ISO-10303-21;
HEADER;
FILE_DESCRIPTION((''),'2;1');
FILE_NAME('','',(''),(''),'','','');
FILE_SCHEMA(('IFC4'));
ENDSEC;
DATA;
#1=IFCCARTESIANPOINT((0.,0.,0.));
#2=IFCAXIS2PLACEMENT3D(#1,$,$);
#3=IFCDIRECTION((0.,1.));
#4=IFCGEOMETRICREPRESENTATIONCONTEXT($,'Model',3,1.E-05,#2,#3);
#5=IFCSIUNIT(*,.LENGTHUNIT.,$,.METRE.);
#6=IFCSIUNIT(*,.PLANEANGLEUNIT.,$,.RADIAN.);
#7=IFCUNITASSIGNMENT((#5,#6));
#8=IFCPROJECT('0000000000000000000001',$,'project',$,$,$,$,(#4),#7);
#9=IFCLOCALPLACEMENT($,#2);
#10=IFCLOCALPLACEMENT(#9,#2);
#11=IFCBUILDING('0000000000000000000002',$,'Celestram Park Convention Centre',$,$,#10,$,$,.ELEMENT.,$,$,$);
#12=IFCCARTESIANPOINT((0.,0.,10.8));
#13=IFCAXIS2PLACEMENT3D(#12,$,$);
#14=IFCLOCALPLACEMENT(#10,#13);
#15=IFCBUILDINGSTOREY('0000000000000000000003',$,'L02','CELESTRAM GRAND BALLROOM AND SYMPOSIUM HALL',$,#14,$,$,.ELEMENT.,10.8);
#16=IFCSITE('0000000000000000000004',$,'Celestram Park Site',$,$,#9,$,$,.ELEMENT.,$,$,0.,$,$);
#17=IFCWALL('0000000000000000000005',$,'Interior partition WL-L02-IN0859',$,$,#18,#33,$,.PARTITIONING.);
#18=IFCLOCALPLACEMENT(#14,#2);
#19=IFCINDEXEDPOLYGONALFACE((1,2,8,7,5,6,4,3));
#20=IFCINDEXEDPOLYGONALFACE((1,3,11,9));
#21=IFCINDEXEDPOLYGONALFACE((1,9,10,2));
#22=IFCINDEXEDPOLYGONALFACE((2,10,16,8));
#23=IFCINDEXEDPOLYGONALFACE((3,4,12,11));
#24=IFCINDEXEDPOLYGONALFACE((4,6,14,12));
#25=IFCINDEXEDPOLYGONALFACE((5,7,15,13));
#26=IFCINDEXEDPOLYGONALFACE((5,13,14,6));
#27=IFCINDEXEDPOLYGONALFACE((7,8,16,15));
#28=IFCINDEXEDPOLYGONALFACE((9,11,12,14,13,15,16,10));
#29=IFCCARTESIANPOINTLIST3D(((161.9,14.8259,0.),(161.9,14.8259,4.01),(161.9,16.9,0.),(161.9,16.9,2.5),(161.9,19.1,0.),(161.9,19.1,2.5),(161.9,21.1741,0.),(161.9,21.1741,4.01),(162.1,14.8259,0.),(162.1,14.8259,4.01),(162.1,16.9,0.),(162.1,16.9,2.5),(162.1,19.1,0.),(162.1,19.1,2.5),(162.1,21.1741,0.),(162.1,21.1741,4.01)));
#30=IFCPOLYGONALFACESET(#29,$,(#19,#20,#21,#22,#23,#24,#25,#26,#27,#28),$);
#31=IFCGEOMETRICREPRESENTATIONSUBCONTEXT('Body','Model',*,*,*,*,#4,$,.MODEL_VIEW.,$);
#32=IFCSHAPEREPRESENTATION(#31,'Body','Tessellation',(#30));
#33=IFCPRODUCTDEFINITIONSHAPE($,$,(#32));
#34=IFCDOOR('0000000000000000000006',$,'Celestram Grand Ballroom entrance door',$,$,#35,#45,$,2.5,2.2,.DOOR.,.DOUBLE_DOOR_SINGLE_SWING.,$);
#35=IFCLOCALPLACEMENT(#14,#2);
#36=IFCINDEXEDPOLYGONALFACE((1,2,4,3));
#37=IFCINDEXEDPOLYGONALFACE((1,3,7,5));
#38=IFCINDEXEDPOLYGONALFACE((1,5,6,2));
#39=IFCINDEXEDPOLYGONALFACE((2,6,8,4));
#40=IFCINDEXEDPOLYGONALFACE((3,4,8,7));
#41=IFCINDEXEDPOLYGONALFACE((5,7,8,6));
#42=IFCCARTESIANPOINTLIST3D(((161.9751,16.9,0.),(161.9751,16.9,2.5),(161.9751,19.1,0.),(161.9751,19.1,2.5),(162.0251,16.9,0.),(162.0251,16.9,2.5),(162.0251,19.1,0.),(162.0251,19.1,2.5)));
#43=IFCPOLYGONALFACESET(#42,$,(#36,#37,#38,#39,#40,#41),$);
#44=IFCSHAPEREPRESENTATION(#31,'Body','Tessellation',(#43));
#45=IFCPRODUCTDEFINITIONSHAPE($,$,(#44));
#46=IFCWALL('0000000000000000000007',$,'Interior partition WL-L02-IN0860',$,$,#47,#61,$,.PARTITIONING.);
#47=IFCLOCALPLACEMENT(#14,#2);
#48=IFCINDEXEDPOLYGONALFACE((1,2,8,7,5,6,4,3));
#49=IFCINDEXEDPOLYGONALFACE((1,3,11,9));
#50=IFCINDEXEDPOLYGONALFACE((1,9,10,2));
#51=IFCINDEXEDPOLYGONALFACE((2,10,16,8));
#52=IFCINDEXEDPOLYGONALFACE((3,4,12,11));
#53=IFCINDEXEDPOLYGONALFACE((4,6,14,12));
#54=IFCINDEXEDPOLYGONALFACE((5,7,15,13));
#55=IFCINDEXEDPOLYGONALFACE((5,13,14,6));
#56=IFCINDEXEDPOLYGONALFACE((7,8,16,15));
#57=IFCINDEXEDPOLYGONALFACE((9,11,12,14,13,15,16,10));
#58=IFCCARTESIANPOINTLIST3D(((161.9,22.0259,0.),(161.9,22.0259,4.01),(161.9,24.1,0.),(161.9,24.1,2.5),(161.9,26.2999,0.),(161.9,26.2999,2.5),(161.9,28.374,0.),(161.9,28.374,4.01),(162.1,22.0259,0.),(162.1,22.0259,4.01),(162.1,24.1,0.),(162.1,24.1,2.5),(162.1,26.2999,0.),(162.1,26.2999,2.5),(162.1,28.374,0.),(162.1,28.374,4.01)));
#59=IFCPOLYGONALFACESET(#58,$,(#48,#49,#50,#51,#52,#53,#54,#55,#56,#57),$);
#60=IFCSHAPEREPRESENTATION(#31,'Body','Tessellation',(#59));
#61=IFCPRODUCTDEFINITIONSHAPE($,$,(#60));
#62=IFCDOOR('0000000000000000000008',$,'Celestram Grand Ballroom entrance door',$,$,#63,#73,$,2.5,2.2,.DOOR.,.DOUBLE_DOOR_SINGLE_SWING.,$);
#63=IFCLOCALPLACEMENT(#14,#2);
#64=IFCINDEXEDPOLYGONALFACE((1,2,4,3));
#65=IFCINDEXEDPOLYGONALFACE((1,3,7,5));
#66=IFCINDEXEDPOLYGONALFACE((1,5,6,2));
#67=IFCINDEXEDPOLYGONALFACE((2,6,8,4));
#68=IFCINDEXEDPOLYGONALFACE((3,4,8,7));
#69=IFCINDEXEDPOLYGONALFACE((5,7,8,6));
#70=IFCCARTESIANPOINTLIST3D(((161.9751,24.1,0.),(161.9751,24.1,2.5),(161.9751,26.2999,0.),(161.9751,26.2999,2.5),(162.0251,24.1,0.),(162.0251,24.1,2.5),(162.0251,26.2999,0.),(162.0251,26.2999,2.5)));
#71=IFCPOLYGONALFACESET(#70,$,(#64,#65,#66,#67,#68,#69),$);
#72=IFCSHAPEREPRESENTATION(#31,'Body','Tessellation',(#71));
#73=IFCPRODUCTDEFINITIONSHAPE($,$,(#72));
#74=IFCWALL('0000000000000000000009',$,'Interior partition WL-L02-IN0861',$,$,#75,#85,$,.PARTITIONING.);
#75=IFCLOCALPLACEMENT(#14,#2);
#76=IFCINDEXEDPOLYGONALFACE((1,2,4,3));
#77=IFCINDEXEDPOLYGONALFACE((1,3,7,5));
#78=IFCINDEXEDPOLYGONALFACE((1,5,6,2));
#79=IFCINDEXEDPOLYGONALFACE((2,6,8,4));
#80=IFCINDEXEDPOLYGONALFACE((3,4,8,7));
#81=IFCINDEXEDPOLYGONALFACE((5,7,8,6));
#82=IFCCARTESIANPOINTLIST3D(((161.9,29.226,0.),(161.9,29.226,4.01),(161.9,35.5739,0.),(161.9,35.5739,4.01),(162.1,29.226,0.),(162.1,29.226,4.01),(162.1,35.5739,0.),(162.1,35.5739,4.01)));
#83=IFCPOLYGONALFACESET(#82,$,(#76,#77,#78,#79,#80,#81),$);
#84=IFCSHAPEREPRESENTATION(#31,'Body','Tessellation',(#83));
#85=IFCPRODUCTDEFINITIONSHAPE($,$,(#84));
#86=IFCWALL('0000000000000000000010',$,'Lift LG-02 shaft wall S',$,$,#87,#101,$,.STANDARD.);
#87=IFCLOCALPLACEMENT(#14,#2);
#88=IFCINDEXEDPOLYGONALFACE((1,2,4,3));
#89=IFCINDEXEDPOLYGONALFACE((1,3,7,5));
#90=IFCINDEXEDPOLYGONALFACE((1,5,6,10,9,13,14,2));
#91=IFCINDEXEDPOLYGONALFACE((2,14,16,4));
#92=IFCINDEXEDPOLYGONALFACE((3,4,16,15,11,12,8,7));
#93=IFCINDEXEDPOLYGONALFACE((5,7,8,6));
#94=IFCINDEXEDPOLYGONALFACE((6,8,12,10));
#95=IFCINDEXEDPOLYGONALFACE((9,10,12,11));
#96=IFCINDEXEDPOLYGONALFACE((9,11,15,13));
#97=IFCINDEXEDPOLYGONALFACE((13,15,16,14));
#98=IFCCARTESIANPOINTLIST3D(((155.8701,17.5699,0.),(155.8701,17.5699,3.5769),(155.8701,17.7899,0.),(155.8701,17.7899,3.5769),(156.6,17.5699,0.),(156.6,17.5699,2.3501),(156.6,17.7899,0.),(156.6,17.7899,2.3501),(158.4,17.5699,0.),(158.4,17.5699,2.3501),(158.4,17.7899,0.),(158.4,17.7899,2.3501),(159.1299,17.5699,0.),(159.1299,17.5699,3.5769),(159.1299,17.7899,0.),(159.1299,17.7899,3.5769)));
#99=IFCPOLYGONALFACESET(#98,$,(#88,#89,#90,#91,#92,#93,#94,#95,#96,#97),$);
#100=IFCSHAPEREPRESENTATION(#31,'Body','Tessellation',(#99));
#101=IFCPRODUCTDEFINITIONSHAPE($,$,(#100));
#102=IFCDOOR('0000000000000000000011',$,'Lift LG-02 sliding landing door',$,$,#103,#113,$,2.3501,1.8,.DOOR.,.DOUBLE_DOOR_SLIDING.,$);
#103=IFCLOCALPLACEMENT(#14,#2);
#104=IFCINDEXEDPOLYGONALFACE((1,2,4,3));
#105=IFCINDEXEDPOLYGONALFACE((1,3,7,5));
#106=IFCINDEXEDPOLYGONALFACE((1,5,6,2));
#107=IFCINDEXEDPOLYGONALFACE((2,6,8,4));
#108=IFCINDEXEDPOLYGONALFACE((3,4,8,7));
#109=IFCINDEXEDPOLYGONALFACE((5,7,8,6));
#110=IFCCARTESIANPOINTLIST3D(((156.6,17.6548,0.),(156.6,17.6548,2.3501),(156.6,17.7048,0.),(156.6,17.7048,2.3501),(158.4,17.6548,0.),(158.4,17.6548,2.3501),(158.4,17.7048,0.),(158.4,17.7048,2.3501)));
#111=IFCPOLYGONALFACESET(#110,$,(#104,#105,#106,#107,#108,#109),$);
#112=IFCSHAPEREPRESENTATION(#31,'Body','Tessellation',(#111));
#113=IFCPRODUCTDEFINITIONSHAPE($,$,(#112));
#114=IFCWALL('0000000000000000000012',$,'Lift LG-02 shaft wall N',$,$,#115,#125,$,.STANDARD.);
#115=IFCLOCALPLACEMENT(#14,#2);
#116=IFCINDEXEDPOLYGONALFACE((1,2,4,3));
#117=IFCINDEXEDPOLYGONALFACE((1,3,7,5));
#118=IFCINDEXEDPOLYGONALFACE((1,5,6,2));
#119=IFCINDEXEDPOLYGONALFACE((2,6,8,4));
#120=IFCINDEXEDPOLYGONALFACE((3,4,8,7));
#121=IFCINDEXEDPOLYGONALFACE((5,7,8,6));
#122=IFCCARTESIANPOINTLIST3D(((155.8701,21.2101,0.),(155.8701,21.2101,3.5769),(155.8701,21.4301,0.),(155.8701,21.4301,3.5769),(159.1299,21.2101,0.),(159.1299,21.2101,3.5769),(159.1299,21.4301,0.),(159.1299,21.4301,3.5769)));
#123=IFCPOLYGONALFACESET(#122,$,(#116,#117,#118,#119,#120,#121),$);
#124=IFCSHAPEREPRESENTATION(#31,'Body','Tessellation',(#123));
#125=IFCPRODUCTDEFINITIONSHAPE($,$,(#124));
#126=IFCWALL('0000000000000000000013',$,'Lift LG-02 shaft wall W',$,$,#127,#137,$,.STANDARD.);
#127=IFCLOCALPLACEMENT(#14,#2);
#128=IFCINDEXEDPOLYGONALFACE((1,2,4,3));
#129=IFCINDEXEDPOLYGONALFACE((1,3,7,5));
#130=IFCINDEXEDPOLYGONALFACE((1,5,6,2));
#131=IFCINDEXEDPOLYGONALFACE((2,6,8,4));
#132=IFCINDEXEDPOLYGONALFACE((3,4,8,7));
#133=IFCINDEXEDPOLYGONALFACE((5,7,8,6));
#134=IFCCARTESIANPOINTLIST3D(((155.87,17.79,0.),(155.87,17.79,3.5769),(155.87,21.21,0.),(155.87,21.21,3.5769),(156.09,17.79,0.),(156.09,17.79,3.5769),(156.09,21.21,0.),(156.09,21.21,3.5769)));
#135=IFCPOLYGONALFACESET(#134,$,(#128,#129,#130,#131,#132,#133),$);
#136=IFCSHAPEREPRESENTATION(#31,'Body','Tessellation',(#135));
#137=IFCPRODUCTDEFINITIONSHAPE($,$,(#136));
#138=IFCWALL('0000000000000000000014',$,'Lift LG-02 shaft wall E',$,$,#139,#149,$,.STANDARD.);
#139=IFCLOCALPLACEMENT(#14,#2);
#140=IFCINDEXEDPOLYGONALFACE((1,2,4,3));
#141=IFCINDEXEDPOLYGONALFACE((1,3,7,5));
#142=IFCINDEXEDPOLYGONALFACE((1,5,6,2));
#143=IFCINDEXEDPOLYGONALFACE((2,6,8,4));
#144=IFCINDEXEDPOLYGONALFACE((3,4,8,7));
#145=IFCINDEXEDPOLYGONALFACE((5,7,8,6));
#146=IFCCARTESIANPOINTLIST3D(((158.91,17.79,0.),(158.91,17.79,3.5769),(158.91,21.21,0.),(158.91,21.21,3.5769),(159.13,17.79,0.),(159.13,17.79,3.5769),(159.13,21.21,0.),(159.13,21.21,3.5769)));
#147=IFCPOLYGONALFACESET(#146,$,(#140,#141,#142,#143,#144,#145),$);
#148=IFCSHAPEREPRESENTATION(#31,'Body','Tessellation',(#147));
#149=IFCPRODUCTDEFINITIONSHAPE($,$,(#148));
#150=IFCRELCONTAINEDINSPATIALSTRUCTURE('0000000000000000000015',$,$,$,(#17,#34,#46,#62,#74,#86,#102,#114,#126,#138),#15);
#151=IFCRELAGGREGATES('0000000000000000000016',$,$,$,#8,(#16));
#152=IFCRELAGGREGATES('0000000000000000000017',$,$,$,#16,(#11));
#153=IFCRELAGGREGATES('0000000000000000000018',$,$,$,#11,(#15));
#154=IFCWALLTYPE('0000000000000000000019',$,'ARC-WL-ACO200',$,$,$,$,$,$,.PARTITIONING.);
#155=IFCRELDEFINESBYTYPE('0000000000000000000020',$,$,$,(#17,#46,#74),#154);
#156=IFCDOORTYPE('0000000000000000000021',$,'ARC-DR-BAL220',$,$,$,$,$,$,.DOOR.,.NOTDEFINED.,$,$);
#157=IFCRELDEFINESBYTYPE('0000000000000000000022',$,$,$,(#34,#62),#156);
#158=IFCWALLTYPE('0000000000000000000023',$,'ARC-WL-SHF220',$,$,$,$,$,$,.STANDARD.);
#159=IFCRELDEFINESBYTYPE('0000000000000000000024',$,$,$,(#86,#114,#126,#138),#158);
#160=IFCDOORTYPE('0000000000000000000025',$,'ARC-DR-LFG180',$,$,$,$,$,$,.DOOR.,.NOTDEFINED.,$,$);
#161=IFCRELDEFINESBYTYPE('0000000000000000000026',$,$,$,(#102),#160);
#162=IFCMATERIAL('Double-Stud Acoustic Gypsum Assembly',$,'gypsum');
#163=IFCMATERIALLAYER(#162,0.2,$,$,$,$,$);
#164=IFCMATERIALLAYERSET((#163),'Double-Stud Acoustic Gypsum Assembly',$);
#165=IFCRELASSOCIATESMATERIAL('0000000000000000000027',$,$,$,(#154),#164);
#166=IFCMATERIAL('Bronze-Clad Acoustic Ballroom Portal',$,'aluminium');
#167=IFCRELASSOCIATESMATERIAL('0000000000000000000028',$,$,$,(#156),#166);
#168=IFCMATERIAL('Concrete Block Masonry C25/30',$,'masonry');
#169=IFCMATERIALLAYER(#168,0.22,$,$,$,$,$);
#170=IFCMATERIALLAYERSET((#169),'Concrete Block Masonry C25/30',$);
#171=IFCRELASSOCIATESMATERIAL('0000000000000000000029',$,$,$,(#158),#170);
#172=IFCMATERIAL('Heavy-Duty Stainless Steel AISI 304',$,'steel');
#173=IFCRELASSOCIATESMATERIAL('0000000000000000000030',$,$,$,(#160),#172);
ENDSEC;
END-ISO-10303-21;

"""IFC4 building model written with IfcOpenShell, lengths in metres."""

from ifc_helpers import new_model, si_unit, direction, frame, frame_2d, origin, place, context, subcontext, project, spatial, rectangle, extrude, material, layer, layer_set, type_object, element, fill, save


model = new_model("IFC4")

# Units and contexts
model_context = context("Model", 3, precision=1e-05, world=origin(), true_north=direction((0.0, 1.0)))
body_context = subcontext(model_context, "Body", "Model", "MODEL_VIEW")
ifc_project = project(units=[si_unit("LENGTHUNIT", "METRE"), si_unit("PLANEANGLEUNIT", "RADIAN")], contexts=[model_context])

# Site, building, storey
site_placement = place(None, origin())
site = spatial("IfcSite", under=ifc_project, at=site_placement, Name="Celestram Park Site", CompositionType="ELEMENT", RefElevation=0.0)
building_placement = place(site_placement, origin())
building = spatial("IfcBuilding", under=site, at=building_placement, Name="Celestram Park Convention Centre", CompositionType="ELEMENT")
storey_placement = place(building_placement, frame((0.0, 0.0, 10.8)))
storey = spatial("IfcBuildingStorey", under=building, at=storey_placement, Name="L02", Description="CELESTRAM GRAND BALLROOM AND SYMPOSIUM HALL", CompositionType="ELEMENT", Elevation=10.8)

# Walls, openings, doors
ifc_material_1 = material(Name="Double-Stud Acoustic Gypsum Assembly", Category="gypsum")
ifc_layer_1 = layer(ifc_material_1, 0.2)
ifc_layer_set_1 = layer_set([ifc_layer_1], Name="Double-Stud Acoustic Gypsum Assembly")
wall_type_1 = type_object("IfcWallType", Name="ARC-WL-ACO200", PredefinedType="PARTITIONING", material=ifc_layer_set_1)
wall_1_placement = place(storey_placement, frame((162.0, 14.8259, 0.0), z_axis=(0.0, 0.0, 1.0), x_axis=(0.0, 1.0, 0.0)))
wall_1 = element("IfcWall", 1, at=wall_1_placement, inside=storey, type_object=wall_type_1, Name="Interior partition WL-L02-IN0859", PredefinedType="PARTITIONING", context=body_context, shape_type="SweptSolid", body=[
    extrude(rectangle(XDim=6.3481, YDim=0.2, at=frame_2d((3.1741, 0.0))), origin(), (0.0, 0.0, 1.0), 4.01),
])
opening_1_placement = place(wall_1_placement, frame((2.074, 0.0, 0.0)))
opening_1 = element("IfcOpeningElement", 2, at=opening_1_placement, cuts=wall_1, PredefinedType="OPENING", context=body_context, shape_type="SweptSolid", body=[
    extrude(rectangle(XDim=2.2, YDim=2.5, at=frame_2d((1.1001, 1.25))), frame((0.0, 0.1099, 0.0), z_axis=(0.0, -1.0, 0.0), x_axis=(1.0, 0.0, 0.0)), (0.0, 0.0, 1.0), 0.22),
])
ifc_material_2 = material(Name="Bronze-Clad Acoustic Ballroom Portal", Category="aluminium")
door_type_1 = type_object("IfcDoorType", Name="ARC-DR-BAL220", OperationType="NOTDEFINED", PredefinedType="DOOR", material=ifc_material_2)
door_1_placement = place(opening_1_placement, origin())
door_1 = element("IfcDoor", 3, at=door_1_placement, inside=storey, type_object=door_type_1, Name="Celestram Grand Ballroom entrance door", OperationType="DOUBLE_DOOR_SINGLE_SWING", OverallHeight=2.5, OverallWidth=2.2, PredefinedType="DOOR", context=body_context, shape_type="SweptSolid", body=[
    extrude(rectangle(XDim=2.2, YDim=2.5, at=frame_2d((1.1001, 1.25))), frame((0.0, 0.0249, 0.0), z_axis=(0.0, -1.0, 0.0), x_axis=(1.0, 0.0, 0.0)), (0.0, 0.0, 1.0), 0.05),
])
fill(opening_1, door_1)
wall_2_placement = place(storey_placement, frame((162.0, 22.0259, 0.0), z_axis=(0.0, 0.0, 1.0), x_axis=(0.0, 1.0, 0.0)))
wall_2 = element("IfcWall", 4, at=wall_2_placement, inside=storey, type_object=wall_type_1, Name="Interior partition WL-L02-IN0860", PredefinedType="PARTITIONING", context=body_context, shape_type="SweptSolid", body=[
    extrude(rectangle(XDim=6.3481, YDim=0.2, at=frame_2d((3.1741, 0.0))), origin(), (0.0, 0.0, 1.0), 4.01),
])
opening_2_placement = place(wall_2_placement, frame((2.074, 0.0, 0.0)))
opening_2 = element("IfcOpeningElement", 5, at=opening_2_placement, cuts=wall_2, PredefinedType="OPENING", context=body_context, shape_type="SweptSolid", body=[
    extrude(rectangle(XDim=2.2, YDim=2.5, at=frame_2d((1.1001, 1.25))), frame((0.0, 0.1099, 0.0), z_axis=(0.0, -1.0, 0.0), x_axis=(1.0, 0.0, 0.0)), (0.0, 0.0, 1.0), 0.22),
])
door_2_placement = place(opening_2_placement, origin())
door_2 = element("IfcDoor", 6, at=door_2_placement, inside=storey, type_object=door_type_1, Name="Celestram Grand Ballroom entrance door", OperationType="DOUBLE_DOOR_SINGLE_SWING", OverallHeight=2.5, OverallWidth=2.2, PredefinedType="DOOR", context=body_context, shape_type="SweptSolid", body=[
    extrude(rectangle(XDim=2.2, YDim=2.5, at=frame_2d((1.1001, 1.25))), frame((0.0, 0.0249, 0.0), z_axis=(0.0, -1.0, 0.0), x_axis=(1.0, 0.0, 0.0)), (0.0, 0.0, 1.0), 0.05),
])
fill(opening_2, door_2)

# Wall
wall_3_placement = place(storey_placement, frame((162.0, 29.2261, 0.0), z_axis=(0.0, 0.0, 1.0), x_axis=(0.0, 1.0, 0.0)))
element("IfcWall", 7, at=wall_3_placement, inside=storey, type_object=wall_type_1, Name="Interior partition WL-L02-IN0861", PredefinedType="PARTITIONING", context=body_context, shape_type="SweptSolid", body=[
    extrude(rectangle(XDim=6.3479, YDim=0.2, at=frame_2d((3.1738, 0.0))), origin(), (0.0, 0.0, 1.0), 4.01),
])

# Wall, opening, door
ifc_material_3 = material(Name="Concrete Block Masonry C25/30", Category="masonry")
ifc_layer_2 = layer(ifc_material_3, 0.22)
ifc_layer_set_2 = layer_set([ifc_layer_2], Name="Concrete Block Masonry C25/30")
wall_type_2 = type_object("IfcWallType", Name="ARC-WL-SHF220", PredefinedType="STANDARD", material=ifc_layer_set_2)
wall_4_placement = place(storey_placement, frame((155.8701, 17.6799, 0.0), z_axis=(0.0, 0.0, 1.0), x_axis=(1.0, 0.0, 0.0)))
wall_4 = element("IfcWall", 8, at=wall_4_placement, inside=storey, type_object=wall_type_2, Name="Lift LG-02 shaft wall S", PredefinedType="STANDARD", context=body_context, shape_type="SweptSolid", body=[
    extrude(rectangle(XDim=3.2598, YDim=0.22, at=frame_2d((1.6299, 0.0))), origin(), (0.0, 0.0, 1.0), 3.5769),
])
opening_3_placement = place(wall_4_placement, frame((0.73, 0.0, 0.0)))
opening_3 = element("IfcOpeningElement", 9, at=opening_3_placement, cuts=wall_4, PredefinedType="OPENING", context=body_context, shape_type="SweptSolid", body=[
    extrude(rectangle(XDim=1.8, YDim=2.3501, at=frame_2d((0.8999, 1.175))), frame((0.0, 0.1199, 0.0), z_axis=(0.0, -1.0, 0.0), x_axis=(1.0, 0.0, 0.0)), (0.0, 0.0, 1.0), 0.24),
])
ifc_material_4 = material(Name="Heavy-Duty Stainless Steel AISI 304", Category="steel")
door_type_2 = type_object("IfcDoorType", Name="ARC-DR-LFG180", OperationType="NOTDEFINED", PredefinedType="DOOR", material=ifc_material_4)
door_3_placement = place(opening_3_placement, origin())
door_3 = element("IfcDoor", 10, at=door_3_placement, inside=storey, type_object=door_type_2, Name="Lift LG-02 sliding landing door", OperationType="DOUBLE_DOOR_SLIDING", OverallHeight=2.3501, OverallWidth=1.8, PredefinedType="DOOR", context=body_context, shape_type="SweptSolid", body=[
    extrude(rectangle(XDim=1.8, YDim=2.3501, at=frame_2d((0.8999, 1.175))), frame((0.0, 0.0249, 0.0), z_axis=(0.0, -1.0, 0.0), x_axis=(1.0, 0.0, 0.0)), (0.0, 0.0, 1.0), 0.05),
])
fill(opening_3, door_3)

# Walls
wall_5_placement = place(storey_placement, frame((159.1299, 21.3201, 0.0), z_axis=(0.0, 0.0, 1.0), x_axis=(-1.0, 0.0, 0.0)))
element("IfcWall", 11, at=wall_5_placement, inside=storey, type_object=wall_type_2, Name="Lift LG-02 shaft wall N", PredefinedType="STANDARD", context=body_context, shape_type="SweptSolid", body=[
    extrude(rectangle(XDim=3.2598, YDim=0.22, at=frame_2d((1.6299, 0.0))), origin(), (0.0, 0.0, 1.0), 3.5769),
])
for number, where, z_axis, x_axis, name in (
    (12, (155.98, 21.21, 0.0), (0.0, 0.0, 1.0), (0.0, -1.0, 0.0), "Lift LG-02 shaft wall W"),
    (13, (159.02, 17.79, 0.0), (0.0, 0.0, 1.0), (0.0, 1.0, 0.0), "Lift LG-02 shaft wall E"),
):
    element("IfcWall", number, at=place(storey_placement, frame(where, z_axis=z_axis, x_axis=x_axis)), inside=storey, type_object=wall_type_2, Name=name, PredefinedType="STANDARD", context=body_context, shape_type="SweptSolid", body=[
        extrude(rectangle(XDim=3.4199, YDim=0.22, at=frame_2d((1.71, 0.0))), origin(), (0.0, 0.0, 1.0), 3.5769),
    ])

save(model, "model.ifc")
